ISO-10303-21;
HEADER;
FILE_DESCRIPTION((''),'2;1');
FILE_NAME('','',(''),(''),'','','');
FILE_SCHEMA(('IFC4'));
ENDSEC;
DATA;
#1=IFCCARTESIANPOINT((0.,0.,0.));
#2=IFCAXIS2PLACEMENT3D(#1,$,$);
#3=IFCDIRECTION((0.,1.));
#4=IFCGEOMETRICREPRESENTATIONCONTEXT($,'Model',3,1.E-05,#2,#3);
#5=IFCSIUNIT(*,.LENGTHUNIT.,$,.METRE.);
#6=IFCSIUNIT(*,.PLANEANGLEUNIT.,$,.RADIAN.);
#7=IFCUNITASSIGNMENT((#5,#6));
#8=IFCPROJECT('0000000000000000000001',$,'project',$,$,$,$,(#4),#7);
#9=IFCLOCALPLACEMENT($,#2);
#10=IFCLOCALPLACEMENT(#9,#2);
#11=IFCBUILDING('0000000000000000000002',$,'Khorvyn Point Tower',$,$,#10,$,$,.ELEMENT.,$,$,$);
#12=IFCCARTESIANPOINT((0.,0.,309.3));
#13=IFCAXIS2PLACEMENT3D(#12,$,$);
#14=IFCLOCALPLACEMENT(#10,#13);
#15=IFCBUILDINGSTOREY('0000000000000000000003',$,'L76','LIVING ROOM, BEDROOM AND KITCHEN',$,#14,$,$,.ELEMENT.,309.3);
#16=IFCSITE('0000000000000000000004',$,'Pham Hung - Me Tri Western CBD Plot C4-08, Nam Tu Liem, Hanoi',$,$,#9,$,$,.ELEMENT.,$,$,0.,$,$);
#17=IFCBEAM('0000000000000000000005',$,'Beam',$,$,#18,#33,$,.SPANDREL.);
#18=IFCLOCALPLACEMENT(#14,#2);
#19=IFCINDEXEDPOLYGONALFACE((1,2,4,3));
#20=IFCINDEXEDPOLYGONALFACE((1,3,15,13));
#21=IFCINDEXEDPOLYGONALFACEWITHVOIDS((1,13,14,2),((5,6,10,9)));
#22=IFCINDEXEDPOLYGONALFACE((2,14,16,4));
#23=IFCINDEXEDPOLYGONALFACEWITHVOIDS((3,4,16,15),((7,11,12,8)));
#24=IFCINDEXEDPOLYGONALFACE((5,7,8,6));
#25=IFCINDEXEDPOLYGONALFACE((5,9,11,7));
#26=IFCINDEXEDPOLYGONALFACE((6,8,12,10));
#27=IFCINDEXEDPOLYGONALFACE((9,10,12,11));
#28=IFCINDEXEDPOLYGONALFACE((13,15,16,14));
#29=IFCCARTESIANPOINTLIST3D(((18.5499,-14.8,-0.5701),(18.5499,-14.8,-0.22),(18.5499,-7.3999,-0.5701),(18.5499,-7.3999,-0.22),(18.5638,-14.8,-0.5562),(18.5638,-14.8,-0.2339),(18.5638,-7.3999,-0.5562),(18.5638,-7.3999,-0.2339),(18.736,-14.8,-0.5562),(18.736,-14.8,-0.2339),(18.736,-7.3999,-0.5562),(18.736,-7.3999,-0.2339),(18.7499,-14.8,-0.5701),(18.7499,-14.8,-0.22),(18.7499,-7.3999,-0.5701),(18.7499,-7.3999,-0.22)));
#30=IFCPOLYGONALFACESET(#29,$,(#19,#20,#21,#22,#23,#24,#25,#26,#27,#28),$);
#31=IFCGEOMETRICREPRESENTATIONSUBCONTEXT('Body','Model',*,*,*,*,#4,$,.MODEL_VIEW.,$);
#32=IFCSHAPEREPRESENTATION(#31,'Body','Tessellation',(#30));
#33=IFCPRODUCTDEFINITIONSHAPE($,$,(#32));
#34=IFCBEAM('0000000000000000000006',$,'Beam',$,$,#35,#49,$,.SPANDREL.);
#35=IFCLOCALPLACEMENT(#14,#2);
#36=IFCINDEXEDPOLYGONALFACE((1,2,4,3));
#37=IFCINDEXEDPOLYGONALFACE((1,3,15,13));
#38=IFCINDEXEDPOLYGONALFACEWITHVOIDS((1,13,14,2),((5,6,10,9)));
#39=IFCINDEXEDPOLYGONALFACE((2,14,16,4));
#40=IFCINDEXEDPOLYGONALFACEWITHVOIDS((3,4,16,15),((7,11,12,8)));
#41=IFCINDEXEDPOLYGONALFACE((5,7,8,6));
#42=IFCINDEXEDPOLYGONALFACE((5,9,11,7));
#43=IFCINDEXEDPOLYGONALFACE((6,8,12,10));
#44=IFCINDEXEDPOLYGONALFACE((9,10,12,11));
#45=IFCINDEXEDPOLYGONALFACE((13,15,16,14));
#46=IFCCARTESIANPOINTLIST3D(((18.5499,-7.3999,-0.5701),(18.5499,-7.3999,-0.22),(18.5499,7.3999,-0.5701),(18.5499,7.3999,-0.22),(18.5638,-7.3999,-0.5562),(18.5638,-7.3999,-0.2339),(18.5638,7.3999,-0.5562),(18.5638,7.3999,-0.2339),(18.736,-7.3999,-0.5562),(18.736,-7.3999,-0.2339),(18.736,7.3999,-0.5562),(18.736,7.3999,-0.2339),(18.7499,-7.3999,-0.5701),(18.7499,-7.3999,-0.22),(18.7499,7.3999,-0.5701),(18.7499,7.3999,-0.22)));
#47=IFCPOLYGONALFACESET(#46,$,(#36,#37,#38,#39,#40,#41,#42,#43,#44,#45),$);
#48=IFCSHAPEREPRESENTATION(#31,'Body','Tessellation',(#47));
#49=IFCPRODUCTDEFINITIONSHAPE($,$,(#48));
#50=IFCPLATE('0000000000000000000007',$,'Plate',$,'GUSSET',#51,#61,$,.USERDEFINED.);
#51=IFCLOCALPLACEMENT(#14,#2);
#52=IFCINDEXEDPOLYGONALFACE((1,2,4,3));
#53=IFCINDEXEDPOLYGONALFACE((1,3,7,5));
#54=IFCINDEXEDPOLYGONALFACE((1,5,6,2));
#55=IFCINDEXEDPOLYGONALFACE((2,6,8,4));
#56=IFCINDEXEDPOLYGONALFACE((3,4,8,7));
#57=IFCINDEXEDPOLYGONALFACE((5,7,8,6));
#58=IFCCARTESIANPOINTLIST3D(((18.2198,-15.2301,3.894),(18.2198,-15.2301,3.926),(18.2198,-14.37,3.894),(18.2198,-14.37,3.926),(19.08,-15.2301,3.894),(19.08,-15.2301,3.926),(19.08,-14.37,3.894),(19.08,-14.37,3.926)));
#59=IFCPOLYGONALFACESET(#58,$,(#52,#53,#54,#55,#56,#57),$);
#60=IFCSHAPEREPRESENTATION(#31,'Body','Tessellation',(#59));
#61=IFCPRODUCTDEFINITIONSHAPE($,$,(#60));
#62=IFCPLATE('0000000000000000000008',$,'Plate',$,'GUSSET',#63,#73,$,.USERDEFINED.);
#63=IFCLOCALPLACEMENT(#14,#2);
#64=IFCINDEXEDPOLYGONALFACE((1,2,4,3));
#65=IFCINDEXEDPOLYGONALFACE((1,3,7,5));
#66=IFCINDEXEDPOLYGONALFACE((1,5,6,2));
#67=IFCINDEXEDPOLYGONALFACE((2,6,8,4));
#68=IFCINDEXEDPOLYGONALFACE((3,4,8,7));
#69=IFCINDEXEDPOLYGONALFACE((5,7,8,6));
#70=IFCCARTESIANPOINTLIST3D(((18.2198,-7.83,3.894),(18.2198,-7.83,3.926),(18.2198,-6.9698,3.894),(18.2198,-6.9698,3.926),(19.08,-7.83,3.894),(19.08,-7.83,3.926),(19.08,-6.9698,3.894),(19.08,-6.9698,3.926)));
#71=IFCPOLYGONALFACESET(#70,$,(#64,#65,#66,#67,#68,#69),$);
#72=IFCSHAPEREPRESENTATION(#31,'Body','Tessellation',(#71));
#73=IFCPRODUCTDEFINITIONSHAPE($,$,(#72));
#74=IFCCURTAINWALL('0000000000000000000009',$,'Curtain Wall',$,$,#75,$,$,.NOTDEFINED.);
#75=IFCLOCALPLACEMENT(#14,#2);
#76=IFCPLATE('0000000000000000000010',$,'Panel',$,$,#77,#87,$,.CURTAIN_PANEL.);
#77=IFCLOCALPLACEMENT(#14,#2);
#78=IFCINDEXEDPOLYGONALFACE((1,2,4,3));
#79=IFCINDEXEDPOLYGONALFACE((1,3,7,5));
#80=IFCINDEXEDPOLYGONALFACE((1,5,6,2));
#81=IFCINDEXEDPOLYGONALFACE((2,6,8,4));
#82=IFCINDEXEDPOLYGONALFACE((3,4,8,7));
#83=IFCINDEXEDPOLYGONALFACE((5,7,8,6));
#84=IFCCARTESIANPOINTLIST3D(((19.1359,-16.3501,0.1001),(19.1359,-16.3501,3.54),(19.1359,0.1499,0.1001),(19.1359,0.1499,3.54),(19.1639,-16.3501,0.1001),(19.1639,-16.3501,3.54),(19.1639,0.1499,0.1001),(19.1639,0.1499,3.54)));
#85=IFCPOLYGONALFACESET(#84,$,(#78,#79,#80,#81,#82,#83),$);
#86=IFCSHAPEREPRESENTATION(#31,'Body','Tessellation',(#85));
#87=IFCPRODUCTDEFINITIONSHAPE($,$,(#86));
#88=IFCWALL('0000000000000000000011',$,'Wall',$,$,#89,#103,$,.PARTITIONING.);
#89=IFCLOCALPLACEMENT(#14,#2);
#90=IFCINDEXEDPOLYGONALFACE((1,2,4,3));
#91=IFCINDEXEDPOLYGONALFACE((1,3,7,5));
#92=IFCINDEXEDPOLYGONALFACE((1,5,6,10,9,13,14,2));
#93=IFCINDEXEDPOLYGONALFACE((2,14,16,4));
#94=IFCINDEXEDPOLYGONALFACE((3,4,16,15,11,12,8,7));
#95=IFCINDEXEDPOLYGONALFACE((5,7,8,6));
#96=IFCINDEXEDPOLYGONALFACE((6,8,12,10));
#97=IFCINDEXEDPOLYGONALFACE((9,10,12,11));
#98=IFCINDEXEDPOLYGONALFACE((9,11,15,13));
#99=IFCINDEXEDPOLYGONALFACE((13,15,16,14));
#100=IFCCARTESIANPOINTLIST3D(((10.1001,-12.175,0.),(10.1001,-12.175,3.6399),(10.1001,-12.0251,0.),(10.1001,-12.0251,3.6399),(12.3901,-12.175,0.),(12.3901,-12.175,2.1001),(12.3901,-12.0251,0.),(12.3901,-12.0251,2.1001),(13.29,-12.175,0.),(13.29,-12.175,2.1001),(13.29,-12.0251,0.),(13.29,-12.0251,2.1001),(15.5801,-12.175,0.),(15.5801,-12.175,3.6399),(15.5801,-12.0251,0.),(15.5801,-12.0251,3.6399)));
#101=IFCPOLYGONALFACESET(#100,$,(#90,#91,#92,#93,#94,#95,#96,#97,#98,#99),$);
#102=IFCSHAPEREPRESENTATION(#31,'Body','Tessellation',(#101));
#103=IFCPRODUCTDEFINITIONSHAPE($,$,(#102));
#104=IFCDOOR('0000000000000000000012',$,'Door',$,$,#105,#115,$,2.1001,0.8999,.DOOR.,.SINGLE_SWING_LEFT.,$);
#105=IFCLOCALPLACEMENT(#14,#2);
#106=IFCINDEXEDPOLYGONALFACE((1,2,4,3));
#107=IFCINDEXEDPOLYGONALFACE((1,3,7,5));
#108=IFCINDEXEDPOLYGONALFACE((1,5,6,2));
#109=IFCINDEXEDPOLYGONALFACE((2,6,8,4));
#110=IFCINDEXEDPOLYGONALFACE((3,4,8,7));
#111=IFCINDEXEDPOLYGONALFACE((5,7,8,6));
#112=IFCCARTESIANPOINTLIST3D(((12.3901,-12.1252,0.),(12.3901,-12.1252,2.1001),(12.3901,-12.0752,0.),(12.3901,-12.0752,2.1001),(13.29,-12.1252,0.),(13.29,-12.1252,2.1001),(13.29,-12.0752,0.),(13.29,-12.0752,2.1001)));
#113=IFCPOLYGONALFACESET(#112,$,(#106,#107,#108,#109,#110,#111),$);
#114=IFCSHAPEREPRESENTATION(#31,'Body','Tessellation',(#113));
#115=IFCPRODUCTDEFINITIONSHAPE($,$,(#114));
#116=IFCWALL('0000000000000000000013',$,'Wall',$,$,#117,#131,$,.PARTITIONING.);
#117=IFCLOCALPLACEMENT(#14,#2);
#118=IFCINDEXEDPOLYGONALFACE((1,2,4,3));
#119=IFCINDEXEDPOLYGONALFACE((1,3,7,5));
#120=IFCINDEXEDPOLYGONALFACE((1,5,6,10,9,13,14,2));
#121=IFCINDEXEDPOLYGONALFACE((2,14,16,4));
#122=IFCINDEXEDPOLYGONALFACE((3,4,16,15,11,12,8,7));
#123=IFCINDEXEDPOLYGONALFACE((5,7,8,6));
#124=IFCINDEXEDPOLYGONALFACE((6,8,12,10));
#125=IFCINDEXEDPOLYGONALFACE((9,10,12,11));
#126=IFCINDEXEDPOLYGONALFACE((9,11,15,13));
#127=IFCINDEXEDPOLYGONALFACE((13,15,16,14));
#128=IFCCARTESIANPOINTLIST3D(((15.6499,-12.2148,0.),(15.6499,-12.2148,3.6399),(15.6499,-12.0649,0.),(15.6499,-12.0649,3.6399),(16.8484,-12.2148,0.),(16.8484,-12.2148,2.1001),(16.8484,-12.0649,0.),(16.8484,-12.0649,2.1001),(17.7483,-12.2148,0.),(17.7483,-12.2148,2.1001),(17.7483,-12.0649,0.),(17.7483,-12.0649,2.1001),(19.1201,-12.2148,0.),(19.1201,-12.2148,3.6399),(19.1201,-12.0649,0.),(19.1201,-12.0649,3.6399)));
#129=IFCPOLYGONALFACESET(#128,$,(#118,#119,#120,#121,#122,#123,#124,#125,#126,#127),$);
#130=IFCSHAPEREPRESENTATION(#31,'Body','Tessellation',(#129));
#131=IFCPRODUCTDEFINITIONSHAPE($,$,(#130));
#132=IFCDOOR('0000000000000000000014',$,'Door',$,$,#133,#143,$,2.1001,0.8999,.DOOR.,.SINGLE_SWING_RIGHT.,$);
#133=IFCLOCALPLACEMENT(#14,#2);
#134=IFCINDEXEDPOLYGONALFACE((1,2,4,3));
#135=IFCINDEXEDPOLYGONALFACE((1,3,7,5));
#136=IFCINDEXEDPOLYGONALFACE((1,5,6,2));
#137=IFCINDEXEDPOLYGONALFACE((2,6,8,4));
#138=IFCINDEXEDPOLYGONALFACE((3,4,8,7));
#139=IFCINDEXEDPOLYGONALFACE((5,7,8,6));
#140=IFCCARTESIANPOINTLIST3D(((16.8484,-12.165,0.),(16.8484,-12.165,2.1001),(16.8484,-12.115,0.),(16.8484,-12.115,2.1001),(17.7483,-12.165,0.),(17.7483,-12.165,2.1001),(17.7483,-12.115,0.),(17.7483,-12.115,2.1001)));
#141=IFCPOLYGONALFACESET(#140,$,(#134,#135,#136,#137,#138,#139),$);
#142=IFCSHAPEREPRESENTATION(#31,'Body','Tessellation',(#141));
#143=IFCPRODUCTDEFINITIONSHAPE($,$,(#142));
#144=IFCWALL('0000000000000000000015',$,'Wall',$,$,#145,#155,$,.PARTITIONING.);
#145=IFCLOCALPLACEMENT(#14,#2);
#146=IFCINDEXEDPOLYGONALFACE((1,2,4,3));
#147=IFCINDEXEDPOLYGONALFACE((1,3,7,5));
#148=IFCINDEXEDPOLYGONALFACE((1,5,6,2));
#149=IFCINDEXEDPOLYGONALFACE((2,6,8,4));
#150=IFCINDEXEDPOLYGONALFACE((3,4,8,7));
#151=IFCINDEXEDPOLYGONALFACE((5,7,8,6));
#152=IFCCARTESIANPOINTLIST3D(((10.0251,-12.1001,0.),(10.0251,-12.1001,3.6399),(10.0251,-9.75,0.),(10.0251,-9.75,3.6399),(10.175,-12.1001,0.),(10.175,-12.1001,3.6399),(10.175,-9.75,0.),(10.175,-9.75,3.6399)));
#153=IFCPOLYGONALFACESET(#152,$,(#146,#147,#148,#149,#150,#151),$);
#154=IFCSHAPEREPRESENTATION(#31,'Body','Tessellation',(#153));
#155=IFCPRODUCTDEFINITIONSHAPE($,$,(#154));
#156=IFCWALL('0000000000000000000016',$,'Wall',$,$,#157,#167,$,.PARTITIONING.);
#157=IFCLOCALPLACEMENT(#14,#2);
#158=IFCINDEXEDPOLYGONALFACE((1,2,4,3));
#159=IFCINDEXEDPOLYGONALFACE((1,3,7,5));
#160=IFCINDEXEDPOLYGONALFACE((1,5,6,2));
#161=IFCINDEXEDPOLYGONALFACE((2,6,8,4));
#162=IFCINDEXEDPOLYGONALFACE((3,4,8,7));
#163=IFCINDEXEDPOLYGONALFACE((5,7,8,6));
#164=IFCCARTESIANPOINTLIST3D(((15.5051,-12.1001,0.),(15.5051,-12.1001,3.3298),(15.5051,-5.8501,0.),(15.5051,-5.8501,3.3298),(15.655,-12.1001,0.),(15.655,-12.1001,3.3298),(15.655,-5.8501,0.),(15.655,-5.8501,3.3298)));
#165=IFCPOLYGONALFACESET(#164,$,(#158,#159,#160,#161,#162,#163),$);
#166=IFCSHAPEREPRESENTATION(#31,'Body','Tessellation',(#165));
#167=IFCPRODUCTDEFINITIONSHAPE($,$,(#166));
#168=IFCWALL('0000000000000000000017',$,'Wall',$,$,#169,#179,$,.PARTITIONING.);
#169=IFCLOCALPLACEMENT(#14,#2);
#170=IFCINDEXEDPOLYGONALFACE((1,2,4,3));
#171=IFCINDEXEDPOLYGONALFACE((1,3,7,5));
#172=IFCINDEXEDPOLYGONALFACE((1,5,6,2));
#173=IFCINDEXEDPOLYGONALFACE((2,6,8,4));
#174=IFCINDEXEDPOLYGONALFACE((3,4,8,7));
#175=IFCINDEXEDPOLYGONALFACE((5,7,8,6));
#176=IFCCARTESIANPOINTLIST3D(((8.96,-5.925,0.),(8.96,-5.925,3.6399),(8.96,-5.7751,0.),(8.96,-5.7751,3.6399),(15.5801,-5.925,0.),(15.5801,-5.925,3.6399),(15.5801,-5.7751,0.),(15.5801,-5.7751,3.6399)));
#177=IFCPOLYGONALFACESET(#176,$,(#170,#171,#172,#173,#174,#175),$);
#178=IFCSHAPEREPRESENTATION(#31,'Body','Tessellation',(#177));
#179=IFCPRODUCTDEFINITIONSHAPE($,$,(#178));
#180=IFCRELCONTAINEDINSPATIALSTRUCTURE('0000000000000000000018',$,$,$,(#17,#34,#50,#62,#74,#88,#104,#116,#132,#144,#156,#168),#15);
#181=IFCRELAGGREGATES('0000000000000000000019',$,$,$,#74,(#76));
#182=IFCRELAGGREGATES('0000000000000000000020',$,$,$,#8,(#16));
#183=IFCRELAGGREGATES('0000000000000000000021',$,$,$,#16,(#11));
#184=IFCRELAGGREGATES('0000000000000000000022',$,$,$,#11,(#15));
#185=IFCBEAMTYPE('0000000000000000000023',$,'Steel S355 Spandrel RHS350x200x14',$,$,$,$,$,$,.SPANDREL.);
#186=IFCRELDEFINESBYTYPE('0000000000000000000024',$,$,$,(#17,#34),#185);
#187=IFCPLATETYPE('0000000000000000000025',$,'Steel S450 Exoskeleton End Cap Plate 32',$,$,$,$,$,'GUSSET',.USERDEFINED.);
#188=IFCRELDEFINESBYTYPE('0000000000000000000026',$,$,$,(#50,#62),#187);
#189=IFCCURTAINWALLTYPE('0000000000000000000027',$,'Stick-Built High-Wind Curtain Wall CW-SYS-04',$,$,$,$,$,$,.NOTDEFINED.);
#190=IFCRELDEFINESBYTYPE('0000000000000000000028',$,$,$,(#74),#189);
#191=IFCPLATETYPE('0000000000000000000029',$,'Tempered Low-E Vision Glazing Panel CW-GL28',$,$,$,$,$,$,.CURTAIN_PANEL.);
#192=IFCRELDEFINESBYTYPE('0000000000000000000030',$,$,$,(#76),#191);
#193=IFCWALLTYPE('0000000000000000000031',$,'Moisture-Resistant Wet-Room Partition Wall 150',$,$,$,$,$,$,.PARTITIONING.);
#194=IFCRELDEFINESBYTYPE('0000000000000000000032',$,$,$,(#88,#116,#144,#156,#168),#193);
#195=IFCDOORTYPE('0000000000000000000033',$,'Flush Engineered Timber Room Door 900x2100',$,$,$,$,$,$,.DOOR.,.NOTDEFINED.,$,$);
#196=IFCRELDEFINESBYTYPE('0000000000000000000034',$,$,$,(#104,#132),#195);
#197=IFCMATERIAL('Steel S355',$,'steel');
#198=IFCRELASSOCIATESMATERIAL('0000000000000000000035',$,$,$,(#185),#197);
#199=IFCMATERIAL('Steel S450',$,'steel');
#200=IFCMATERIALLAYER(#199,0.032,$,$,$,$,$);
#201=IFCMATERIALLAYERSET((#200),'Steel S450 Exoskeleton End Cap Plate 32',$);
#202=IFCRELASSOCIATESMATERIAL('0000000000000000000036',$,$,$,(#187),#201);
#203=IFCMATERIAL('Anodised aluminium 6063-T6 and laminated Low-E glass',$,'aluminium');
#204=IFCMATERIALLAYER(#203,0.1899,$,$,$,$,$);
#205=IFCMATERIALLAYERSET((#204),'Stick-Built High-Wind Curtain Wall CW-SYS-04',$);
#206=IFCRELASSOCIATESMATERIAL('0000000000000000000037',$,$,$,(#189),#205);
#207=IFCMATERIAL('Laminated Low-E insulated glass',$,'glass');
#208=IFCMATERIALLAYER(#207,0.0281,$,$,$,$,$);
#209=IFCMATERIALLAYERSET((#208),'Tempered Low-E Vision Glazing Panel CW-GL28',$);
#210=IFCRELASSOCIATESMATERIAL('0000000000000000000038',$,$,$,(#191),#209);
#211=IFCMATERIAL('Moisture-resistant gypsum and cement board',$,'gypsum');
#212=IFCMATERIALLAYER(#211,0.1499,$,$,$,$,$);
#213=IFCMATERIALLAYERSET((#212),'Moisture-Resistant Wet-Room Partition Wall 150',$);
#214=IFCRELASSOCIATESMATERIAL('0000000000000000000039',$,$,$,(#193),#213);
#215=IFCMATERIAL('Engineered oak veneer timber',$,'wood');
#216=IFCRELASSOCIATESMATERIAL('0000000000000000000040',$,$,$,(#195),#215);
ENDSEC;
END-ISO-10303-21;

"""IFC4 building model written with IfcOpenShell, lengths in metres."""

from ifc_helpers import new_model, si_unit, direction, frame, frame_2d, origin, origin_2d, place, context, subcontext, project, spatial, rectangle, hollow_rectangle, extrude, material, layer, layer_set, material_profile, profile_set, type_object, element, fill, aggregate, save


model = new_model("IFC4")

# Units and contexts
model_context = context("Model", 3, precision=1e-05, world=origin(), true_north=direction((0.0, 1.0)))
body_context = subcontext(model_context, "Body", "Model", "MODEL_VIEW")
ifc_project = project(units=[si_unit("LENGTHUNIT", "METRE"), si_unit("PLANEANGLEUNIT", "RADIAN")], contexts=[model_context])

# Site, building, storey
site_placement = place(None, origin())
site = spatial("IfcSite", under=ifc_project, at=site_placement, Name="Pham Hung - Me Tri Western CBD Plot C4-08, Nam Tu Liem, Hanoi", CompositionType="ELEMENT", RefElevation=0.0)
building_placement = place(site_placement, origin())
building = spatial("IfcBuilding", under=site, at=building_placement, Name="Khorvyn Point Tower", CompositionType="ELEMENT")
storey_placement = place(building_placement, frame((0.0, 0.0, 309.3)))
storey = spatial("IfcBuildingStorey", under=building, at=storey_placement, Name="L76", Description="LIVING ROOM, BEDROOM AND KITCHEN", CompositionType="ELEMENT", Elevation=309.3)

# Shared definitions
ifc_material_1 = material(Name="Steel S355", Category="steel")

# Beams
ifc_material_profile_1 = material_profile(ifc_material_1, hollow_rectangle(XDim=0.2, YDim=0.3501, WallThickness=0.0139, at=origin_2d()))
ifc_profile_set_1 = profile_set([ifc_material_profile_1], Name="Steel S355 RHS350x200x14")
beam_type_1 = type_object("IfcBeamType", Name="Steel S355 Spandrel RHS350x200x14", PredefinedType="SPANDREL", material=ifc_profile_set_1)
beam_1_placement = place(storey_placement, frame((18.6499, -14.8, -0.395), z_axis=(0.0, 1.0, 0.0), x_axis=(-1.0, 0.0, 0.0)))
element("IfcBeam", 1, at=beam_1_placement, inside=storey, type_object=beam_type_1, Name="Beam", PredefinedType="SPANDREL", context=body_context, shape_type="SweptSolid", body=[
    extrude(hollow_rectangle(XDim=0.2, YDim=0.3501, WallThickness=0.0139, at=origin_2d()), origin(), (0.0, 0.0, 1.0), 7.4001),
])
beam_2_placement = place(storey_placement, frame((18.6499, -7.3999, -0.395), z_axis=(0.0, 1.0, 0.0), x_axis=(-1.0, 0.0, 0.0)))
element("IfcBeam", 2, at=beam_2_placement, inside=storey, type_object=beam_type_1, Name="Beam", PredefinedType="SPANDREL", context=body_context, shape_type="SweptSolid", body=[
    extrude(hollow_rectangle(XDim=0.2, YDim=0.3501, WallThickness=0.0139, at=origin_2d()), origin(), (0.0, 0.0, 1.0), 14.7998),
])

# Plates
ifc_material_2 = material(Name="Steel S450", Category="steel")
ifc_layer_1 = layer(ifc_material_2, 0.032)
ifc_layer_set_1 = layer_set([ifc_layer_1], Name="Steel S450 Exoskeleton End Cap Plate 32")
plate_type_1 = type_object("IfcPlateType", Name="Steel S450 Exoskeleton End Cap Plate 32", ElementType="GUSSET", PredefinedType="USERDEFINED", material=ifc_layer_set_1)
for number, where, z_axis, x_axis, name in (
    (3, (18.6499, -14.8, 3.894), (0.0, 0.0, 1.0), (1.0, 0.0, 0.0), "Plate"),
    (4, (18.6499, -7.3999, 3.894), (0.0, 0.0, 1.0), (1.0, 0.0, 0.0), "Plate"),
):
    element("IfcPlate", number, at=place(storey_placement, frame(where, z_axis=z_axis, x_axis=x_axis)), inside=storey, type_object=plate_type_1, Name=name, ObjectType="GUSSET", PredefinedType="USERDEFINED", context=body_context, shape_type="SweptSolid", body=[
        extrude(rectangle(XDim=0.8601, YDim=0.8601, at=origin_2d()), origin(), (0.0, 0.0, 1.0), 0.032),
    ])

# Curtain wall, plate
ifc_material_3 = material(Name="Anodised aluminium 6063-T6 and laminated Low-E glass", Category="aluminium")
ifc_layer_2 = layer(ifc_material_3, 0.1899)
ifc_layer_set_2 = layer_set([ifc_layer_2], Name="Stick-Built High-Wind Curtain Wall CW-SYS-04")
curtain_wall_type = type_object("IfcCurtainWallType", Name="Stick-Built High-Wind Curtain Wall CW-SYS-04", PredefinedType="NOTDEFINED", material=ifc_layer_set_2)
curtain_wall_placement = place(storey_placement, origin())
curtain_wall = element("IfcCurtainWall", 5, at=curtain_wall_placement, inside=storey, type_object=curtain_wall_type, Name="Curtain Wall", PredefinedType="NOTDEFINED")
ifc_material_4 = material(Name="Laminated Low-E insulated glass", Category="glass")
ifc_layer_3 = layer(ifc_material_4, 0.0281)
ifc_layer_set_3 = layer_set([ifc_layer_3], Name="Tempered Low-E Vision Glazing Panel CW-GL28")
plate_type_2 = type_object("IfcPlateType", Name="Tempered Low-E Vision Glazing Panel CW-GL28", PredefinedType="CURTAIN_PANEL", material=ifc_layer_set_3)
plate_placement = place(storey_placement, frame((19.1499, -8.1001, 0.1001), z_axis=(0.0, 0.0, 1.0), x_axis=(0.0, -1.0, 0.0)))
plate = element("IfcPlate", 6, at=plate_placement, type_object=plate_type_2, Name="Panel", PredefinedType="CURTAIN_PANEL", context=body_context, shape_type="SweptSolid", body=[
    extrude(rectangle(XDim=16.5, YDim=0.0281, at=origin_2d()), origin(), (0.0, 0.0, 1.0), 3.4399),
])
aggregate(curtain_wall, [plate])

# Walls, openings, doors
ifc_material_5 = material(Name="Moisture-resistant gypsum and cement board", Category="gypsum")
ifc_layer_4 = layer(ifc_material_5, 0.1499)
ifc_layer_set_4 = layer_set([ifc_layer_4], Name="Moisture-Resistant Wet-Room Partition Wall 150")
wall_type = type_object("IfcWallType", Name="Moisture-Resistant Wet-Room Partition Wall 150", PredefinedType="PARTITIONING", material=ifc_layer_set_4)
wall_1_placement = place(storey_placement, frame((10.1001, -12.1001, 0.0), z_axis=(0.0, 0.0, 1.0), x_axis=(1.0, 0.0, 0.0)))
wall_1 = element("IfcWall", 7, at=wall_1_placement, inside=storey, type_object=wall_type, Name="Wall", PredefinedType="PARTITIONING", context=body_context, shape_type="SweptSolid", body=[
    extrude(rectangle(XDim=5.48, YDim=0.1499, at=frame_2d((2.74, 0.0))), origin(), (0.0, 0.0, 1.0), 3.6399),
])
opening_1_placement = place(wall_1_placement, frame((2.29, 0.0, 0.0)))
opening_1 = element("IfcOpeningElement", 8, at=opening_1_placement, cuts=wall_1, PredefinedType="OPENING", context=body_context, shape_type="SweptSolid", body=[
    extrude(rectangle(XDim=0.8999, YDim=2.1001, at=frame_2d((0.45, 1.05))), frame((0.0, 0.085, 0.0), z_axis=(0.0, -1.0, 0.0), x_axis=(1.0, 0.0, 0.0)), (0.0, 0.0, 1.0), 0.1699),
])
ifc_material_6 = material(Name="Engineered oak veneer timber", Category="wood")
door_type = type_object("IfcDoorType", Name="Flush Engineered Timber Room Door 900x2100", OperationType="NOTDEFINED", PredefinedType="DOOR", material=ifc_material_6)
door_1_placement = place(opening_1_placement, origin())
door_1 = element("IfcDoor", 9, at=door_1_placement, inside=storey, type_object=door_type, Name="Door", OperationType="SINGLE_SWING_LEFT", OverallHeight=2.1001, OverallWidth=0.8999, PredefinedType="DOOR", context=body_context, shape_type="SweptSolid", body=[
    extrude(rectangle(XDim=0.8999, YDim=2.1001, at=frame_2d((0.45, 1.05))), frame((0.0, 0.0249, 0.0), z_axis=(0.0, -1.0, 0.0), x_axis=(1.0, 0.0, 0.0)), (0.0, 0.0, 1.0), 0.05),
])
fill(opening_1, door_1)
wall_2_placement = place(storey_placement, frame((15.6499, -12.1399, 0.0), z_axis=(0.0, 0.0, 1.0), x_axis=(1.0, 0.0, 0.0)))
wall_2 = element("IfcWall", 10, at=wall_2_placement, inside=storey, type_object=wall_type, Name="Wall", PredefinedType="PARTITIONING", context=body_context, shape_type="SweptSolid", body=[
    extrude(rectangle(XDim=3.4702, YDim=0.1499, at=frame_2d((1.7351, 0.0))), origin(), (0.0, 0.0, 1.0), 3.6399),
])
opening_2_placement = place(wall_2_placement, frame((1.1985, 0.0, 0.0)))
opening_2 = element("IfcOpeningElement", 11, at=opening_2_placement, cuts=wall_2, PredefinedType="OPENING", context=body_context, shape_type="SweptSolid", body=[
    extrude(rectangle(XDim=0.8999, YDim=2.1001, at=frame_2d((0.45, 1.05))), frame((0.0, 0.085, 0.0), z_axis=(0.0, -1.0, 0.0), x_axis=(1.0, 0.0, 0.0)), (0.0, 0.0, 1.0), 0.1699),
])
door_2_placement = place(opening_2_placement, origin())
door_2 = element("IfcDoor", 12, at=door_2_placement, inside=storey, type_object=door_type, Name="Door", OperationType="SINGLE_SWING_RIGHT", OverallHeight=2.1001, OverallWidth=0.8999, PredefinedType="DOOR", context=body_context, shape_type="SweptSolid", body=[
    extrude(rectangle(XDim=0.8999, YDim=2.1001, at=frame_2d((0.45, 1.05))), frame((0.0, 0.0249, 0.0), z_axis=(0.0, -1.0, 0.0), x_axis=(1.0, 0.0, 0.0)), (0.0, 0.0, 1.0), 0.05),
])
fill(opening_2, door_2)

# Walls
wall_3_placement = place(storey_placement, frame((10.1001, -12.1001, 0.0), z_axis=(0.0, 0.0, 1.0), x_axis=(0.0, 1.0, 0.0)))
element("IfcWall", 13, at=wall_3_placement, inside=storey, type_object=wall_type, Name="Wall", PredefinedType="PARTITIONING", context=body_context, shape_type="SweptSolid", body=[
    extrude(rectangle(XDim=2.3501, YDim=0.1499, at=frame_2d((1.175, 0.0))), origin(), (0.0, 0.0, 1.0), 3.6399),
])
wall_4_placement = place(storey_placement, frame((15.5801, -12.1001, 0.0), z_axis=(0.0, 0.0, 1.0), x_axis=(0.0, 1.0, 0.0)))
element("IfcWall", 14, at=wall_4_placement, inside=storey, type_object=wall_type, Name="Wall", PredefinedType="PARTITIONING", context=body_context, shape_type="SweptSolid", body=[
    extrude(rectangle(XDim=6.25, YDim=0.1499, at=frame_2d((3.125, 0.0))), origin(), (0.0, 0.0, 1.0), 3.3298),
])
wall_5_placement = place(storey_placement, frame((8.96, -5.8501, 0.0), z_axis=(0.0, 0.0, 1.0), x_axis=(1.0, 0.0, 0.0)))
element("IfcWall", 15, at=wall_5_placement, inside=storey, type_object=wall_type, Name="Wall", PredefinedType="PARTITIONING", context=body_context, shape_type="SweptSolid", body=[
    extrude(rectangle(XDim=6.6201, YDim=0.1499, at=frame_2d((3.3101, 0.0))), origin(), (0.0, 0.0, 1.0), 3.6399),
])

save(model, "model.ifc")
